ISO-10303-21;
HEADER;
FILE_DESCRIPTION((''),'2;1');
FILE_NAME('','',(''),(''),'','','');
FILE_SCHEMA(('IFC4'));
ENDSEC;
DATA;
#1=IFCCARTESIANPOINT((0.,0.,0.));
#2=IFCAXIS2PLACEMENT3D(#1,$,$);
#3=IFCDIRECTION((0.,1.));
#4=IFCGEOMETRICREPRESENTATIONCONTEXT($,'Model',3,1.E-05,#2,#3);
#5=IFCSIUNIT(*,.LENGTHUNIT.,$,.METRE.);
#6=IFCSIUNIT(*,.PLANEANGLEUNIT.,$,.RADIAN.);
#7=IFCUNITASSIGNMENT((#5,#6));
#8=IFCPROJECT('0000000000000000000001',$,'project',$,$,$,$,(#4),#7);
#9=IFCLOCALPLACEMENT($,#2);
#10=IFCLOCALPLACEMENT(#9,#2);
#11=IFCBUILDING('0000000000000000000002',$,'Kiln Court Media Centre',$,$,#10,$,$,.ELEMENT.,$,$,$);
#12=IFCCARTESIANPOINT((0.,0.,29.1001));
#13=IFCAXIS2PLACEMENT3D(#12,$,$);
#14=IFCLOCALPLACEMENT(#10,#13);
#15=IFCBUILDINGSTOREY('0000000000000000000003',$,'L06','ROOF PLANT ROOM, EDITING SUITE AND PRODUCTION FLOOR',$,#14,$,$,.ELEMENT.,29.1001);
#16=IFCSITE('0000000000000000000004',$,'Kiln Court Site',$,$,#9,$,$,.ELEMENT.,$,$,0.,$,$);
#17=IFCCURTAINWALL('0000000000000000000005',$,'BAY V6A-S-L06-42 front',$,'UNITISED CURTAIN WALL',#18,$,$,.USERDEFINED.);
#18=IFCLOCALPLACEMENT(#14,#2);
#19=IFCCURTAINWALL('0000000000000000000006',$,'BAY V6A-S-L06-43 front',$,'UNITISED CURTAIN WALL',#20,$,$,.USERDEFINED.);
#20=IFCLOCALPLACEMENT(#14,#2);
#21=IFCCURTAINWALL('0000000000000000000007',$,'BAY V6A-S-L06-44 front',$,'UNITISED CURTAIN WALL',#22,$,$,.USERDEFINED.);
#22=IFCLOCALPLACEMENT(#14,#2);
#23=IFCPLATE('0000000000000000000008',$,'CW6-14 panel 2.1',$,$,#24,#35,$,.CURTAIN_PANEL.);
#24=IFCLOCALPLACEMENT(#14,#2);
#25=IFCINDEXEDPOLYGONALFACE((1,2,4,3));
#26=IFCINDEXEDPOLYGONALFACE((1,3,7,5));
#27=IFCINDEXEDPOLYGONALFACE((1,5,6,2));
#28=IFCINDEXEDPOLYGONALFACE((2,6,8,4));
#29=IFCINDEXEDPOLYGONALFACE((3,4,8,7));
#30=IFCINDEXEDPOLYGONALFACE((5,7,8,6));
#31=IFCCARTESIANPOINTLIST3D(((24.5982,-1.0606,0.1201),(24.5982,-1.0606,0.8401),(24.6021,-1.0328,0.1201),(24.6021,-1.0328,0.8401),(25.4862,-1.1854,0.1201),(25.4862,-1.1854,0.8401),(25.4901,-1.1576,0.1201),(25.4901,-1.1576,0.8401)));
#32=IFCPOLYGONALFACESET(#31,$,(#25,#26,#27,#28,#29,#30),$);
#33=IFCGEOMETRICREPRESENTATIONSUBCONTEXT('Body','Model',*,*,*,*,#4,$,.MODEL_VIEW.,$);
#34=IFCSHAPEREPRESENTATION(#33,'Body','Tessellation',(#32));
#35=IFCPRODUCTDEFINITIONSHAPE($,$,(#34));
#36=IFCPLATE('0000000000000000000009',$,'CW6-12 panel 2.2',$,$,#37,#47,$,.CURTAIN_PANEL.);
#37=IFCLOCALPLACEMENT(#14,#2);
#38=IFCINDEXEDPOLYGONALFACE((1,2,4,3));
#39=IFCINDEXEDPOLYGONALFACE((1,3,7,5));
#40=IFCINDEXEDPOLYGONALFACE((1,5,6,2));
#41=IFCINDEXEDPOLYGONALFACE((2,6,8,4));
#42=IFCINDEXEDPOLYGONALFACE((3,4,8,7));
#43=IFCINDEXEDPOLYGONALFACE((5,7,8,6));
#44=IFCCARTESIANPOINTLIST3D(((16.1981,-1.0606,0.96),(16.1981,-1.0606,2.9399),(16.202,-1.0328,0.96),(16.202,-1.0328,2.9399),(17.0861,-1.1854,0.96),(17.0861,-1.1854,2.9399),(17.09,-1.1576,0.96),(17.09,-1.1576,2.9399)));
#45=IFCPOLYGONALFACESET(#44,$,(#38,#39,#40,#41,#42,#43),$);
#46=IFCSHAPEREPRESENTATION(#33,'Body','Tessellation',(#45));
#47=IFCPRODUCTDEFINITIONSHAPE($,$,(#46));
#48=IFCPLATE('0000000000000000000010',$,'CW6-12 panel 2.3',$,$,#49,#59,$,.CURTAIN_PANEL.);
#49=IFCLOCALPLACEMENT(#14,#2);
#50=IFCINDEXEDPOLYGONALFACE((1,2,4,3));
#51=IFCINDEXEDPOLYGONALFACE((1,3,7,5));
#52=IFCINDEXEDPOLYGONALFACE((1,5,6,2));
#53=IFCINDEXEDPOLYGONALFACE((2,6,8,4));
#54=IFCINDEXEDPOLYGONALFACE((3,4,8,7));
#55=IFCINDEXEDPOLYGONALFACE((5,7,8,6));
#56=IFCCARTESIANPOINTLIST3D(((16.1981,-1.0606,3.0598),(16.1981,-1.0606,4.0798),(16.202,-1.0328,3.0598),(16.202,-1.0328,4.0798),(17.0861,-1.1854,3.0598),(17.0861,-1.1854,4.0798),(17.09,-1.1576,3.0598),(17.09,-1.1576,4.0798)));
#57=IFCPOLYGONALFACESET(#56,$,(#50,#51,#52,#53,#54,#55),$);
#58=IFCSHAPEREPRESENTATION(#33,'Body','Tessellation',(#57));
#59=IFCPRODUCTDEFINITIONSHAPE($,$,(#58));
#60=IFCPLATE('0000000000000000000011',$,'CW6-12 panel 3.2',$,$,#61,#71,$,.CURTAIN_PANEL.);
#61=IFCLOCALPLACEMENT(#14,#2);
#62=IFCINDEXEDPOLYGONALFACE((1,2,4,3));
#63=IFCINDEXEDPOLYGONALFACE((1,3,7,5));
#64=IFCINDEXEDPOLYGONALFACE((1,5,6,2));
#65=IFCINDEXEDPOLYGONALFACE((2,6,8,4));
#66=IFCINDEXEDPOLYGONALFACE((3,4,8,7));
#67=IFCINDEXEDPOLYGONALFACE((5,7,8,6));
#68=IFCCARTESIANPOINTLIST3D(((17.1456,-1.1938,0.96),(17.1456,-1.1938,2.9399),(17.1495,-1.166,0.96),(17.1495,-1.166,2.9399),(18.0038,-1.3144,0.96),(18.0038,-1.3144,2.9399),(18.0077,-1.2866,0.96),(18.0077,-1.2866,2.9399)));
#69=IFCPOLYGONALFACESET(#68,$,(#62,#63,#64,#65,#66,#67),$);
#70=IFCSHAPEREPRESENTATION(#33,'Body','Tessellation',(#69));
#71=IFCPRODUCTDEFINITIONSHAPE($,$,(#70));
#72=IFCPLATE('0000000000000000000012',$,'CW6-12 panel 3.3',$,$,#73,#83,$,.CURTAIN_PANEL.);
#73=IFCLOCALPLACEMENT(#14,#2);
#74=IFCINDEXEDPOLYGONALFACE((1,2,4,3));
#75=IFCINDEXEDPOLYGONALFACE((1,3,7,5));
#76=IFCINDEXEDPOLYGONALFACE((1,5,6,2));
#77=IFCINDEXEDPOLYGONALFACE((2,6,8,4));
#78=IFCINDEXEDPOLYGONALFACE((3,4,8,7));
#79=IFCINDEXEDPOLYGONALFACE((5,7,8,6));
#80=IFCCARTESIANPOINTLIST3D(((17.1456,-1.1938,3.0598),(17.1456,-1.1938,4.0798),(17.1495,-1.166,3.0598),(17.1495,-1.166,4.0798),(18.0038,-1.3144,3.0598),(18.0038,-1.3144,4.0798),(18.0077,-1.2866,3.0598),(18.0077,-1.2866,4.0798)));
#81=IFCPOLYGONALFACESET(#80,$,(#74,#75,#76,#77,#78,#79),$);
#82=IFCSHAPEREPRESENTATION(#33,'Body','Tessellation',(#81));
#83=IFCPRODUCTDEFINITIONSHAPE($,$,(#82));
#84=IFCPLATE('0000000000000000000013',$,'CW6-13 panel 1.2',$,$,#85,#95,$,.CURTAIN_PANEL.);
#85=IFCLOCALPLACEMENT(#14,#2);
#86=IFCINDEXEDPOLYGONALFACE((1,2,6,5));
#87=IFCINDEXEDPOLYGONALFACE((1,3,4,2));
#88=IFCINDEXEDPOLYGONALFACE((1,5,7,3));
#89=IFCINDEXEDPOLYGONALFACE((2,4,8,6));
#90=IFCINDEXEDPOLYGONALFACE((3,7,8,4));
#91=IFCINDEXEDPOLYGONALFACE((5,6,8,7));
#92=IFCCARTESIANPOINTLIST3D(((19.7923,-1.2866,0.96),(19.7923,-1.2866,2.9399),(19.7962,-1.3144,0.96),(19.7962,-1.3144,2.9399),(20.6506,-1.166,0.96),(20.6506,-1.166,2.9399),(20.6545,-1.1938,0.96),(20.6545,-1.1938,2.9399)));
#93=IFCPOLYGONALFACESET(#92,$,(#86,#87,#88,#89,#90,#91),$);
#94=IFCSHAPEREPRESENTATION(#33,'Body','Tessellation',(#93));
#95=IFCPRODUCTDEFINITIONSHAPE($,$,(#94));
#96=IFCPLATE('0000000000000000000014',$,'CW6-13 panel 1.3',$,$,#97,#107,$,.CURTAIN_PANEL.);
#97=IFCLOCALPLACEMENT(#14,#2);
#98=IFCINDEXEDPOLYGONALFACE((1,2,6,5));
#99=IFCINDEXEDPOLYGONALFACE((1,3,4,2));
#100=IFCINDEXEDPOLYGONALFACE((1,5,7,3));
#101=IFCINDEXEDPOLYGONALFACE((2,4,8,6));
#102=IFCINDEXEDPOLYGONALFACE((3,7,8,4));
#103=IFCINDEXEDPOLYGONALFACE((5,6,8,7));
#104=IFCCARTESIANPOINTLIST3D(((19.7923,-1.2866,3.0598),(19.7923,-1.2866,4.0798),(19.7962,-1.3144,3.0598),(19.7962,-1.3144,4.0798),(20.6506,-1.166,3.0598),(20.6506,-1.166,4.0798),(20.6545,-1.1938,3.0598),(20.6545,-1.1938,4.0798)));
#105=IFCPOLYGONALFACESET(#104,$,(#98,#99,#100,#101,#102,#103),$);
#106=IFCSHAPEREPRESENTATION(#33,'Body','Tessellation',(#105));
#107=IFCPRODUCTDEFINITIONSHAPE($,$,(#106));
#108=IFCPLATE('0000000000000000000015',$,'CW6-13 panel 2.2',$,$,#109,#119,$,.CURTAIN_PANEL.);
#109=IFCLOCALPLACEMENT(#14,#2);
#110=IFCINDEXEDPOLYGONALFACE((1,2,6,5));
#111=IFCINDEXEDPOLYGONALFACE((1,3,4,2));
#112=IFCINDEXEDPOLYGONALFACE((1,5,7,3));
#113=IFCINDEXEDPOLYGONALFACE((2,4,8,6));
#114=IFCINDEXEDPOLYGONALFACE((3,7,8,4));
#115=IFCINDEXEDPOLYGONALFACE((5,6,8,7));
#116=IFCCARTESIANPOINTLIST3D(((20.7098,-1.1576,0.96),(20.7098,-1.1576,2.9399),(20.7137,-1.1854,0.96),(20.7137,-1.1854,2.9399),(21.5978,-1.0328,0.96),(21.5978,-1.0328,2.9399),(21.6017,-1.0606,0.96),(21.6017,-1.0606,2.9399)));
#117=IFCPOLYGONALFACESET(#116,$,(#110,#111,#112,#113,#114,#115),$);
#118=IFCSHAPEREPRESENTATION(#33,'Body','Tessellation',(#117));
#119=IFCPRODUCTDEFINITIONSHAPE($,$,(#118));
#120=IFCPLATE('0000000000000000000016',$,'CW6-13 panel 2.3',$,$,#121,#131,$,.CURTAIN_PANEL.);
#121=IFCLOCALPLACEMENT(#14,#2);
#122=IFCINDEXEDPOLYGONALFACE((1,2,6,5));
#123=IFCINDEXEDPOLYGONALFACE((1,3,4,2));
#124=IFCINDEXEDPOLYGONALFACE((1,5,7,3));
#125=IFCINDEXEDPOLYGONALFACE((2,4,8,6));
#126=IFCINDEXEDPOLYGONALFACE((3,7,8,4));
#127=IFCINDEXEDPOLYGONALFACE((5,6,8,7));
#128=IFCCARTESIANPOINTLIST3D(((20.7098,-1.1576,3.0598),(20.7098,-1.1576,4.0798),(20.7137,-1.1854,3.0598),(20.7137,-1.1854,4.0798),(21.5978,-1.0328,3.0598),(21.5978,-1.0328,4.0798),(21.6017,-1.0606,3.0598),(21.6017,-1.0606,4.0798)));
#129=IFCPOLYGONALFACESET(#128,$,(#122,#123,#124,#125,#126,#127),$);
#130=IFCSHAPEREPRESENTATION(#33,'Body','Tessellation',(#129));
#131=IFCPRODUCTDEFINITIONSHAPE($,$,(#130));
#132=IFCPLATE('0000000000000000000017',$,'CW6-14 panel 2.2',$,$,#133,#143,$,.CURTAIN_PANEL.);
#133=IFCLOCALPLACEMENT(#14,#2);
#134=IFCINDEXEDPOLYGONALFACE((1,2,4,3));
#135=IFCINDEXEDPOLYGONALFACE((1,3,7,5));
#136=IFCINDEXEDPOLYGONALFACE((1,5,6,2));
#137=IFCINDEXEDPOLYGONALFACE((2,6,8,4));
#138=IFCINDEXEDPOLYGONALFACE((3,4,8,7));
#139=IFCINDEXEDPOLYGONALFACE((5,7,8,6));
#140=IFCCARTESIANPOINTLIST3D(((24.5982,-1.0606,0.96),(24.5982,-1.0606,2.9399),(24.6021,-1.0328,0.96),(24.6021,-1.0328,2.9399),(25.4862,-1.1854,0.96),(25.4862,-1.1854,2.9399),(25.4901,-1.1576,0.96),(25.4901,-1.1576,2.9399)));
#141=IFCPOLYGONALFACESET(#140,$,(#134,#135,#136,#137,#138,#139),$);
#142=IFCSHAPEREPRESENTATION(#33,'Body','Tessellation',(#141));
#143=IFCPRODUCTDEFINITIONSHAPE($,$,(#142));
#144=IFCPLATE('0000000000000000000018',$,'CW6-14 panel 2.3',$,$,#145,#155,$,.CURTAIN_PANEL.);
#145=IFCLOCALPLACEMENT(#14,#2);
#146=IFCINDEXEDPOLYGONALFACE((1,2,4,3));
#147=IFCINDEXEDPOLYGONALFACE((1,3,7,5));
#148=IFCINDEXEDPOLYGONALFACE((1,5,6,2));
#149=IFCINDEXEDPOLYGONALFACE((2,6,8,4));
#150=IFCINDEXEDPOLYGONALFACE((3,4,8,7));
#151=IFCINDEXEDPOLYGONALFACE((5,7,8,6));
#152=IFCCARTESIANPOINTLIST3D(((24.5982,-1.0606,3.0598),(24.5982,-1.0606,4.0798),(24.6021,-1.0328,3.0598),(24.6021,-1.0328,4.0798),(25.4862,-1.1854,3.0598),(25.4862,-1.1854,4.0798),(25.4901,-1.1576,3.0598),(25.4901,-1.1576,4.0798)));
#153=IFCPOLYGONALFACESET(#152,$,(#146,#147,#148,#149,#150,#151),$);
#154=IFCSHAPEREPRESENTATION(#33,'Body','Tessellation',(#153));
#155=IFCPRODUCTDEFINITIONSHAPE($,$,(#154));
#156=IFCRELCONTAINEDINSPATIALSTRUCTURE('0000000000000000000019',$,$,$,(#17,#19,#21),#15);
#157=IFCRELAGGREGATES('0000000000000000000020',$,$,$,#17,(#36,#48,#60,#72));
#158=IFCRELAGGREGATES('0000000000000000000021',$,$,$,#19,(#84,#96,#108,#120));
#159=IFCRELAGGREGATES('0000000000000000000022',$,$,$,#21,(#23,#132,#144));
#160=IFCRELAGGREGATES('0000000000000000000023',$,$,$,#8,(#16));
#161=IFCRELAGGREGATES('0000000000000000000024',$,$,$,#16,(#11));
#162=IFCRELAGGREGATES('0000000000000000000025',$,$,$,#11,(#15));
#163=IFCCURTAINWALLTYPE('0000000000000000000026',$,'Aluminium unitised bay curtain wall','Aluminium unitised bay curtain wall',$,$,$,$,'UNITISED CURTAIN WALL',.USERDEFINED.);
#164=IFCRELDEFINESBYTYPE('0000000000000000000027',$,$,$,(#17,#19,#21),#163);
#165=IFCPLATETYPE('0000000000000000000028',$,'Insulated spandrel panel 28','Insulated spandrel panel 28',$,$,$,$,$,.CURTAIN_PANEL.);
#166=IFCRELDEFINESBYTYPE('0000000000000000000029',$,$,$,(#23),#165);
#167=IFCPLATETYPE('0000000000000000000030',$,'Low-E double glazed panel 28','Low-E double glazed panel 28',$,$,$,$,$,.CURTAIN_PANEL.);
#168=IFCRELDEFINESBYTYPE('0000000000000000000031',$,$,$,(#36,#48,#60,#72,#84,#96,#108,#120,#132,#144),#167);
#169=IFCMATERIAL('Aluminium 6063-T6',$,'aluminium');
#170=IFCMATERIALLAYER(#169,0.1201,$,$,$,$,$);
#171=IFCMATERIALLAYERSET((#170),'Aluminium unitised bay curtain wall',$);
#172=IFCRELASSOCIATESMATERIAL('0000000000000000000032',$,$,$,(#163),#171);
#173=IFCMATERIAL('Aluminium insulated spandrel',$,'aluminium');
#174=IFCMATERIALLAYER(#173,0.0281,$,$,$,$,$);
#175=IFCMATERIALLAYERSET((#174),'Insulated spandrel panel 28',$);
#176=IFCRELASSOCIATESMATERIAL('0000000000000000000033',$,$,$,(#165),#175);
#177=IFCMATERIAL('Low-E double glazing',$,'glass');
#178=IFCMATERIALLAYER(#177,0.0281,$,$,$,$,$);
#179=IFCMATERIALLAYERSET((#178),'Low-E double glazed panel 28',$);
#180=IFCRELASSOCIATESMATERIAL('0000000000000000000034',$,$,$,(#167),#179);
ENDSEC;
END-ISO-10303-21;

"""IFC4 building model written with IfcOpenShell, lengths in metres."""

from ifc_helpers import new_model, si_unit, direction, frame, origin, origin_2d, place, context, subcontext, project, spatial, rectangle, extrude, material, layer, layer_set, type_object, element, aggregate, save


model = new_model("IFC4")

# Units and contexts
model_context = context("Model", 3, precision=1e-05, world=origin(), true_north=direction((0.0, 1.0)))
body_context = subcontext(model_context, "Body", "Model", "MODEL_VIEW")
ifc_project = project(units=[si_unit("LENGTHUNIT", "METRE"), si_unit("PLANEANGLEUNIT", "RADIAN")], contexts=[model_context])

# Site, building, storey
site_placement = place(None, origin())
site = spatial("IfcSite", under=ifc_project, at=site_placement, Name="Kiln Court Site", CompositionType="ELEMENT", RefElevation=0.0)
building_placement = place(site_placement, origin())
building = spatial("IfcBuilding", under=site, at=building_placement, Name="Kiln Court Media Centre", CompositionType="ELEMENT")
storey_placement = place(building_placement, frame((0.0, 0.0, 29.1001)))
storey = spatial("IfcBuildingStorey", under=building, at=storey_placement, Name="L06", Description="ROOF PLANT ROOM, EDITING SUITE AND PRODUCTION FLOOR", CompositionType="ELEMENT", Elevation=29.1001)

# Curtain walls
ifc_material_1 = material(Name="Aluminium 6063-T6", Category="aluminium")
ifc_layer_1 = layer(ifc_material_1, 0.1201)
ifc_layer_set_1 = layer_set([ifc_layer_1], Name="Aluminium unitised bay curtain wall")
curtain_wall_type = type_object("IfcCurtainWallType", Name="Aluminium unitised bay curtain wall", Description="Aluminium unitised bay curtain wall", ElementType="UNITISED CURTAIN WALL", PredefinedType="USERDEFINED", material=ifc_layer_set_1)
curtain_wall_1_placement = place(storey_placement, origin())
curtain_wall_1 = element("IfcCurtainWall", 1, at=curtain_wall_1_placement, inside=storey, type_object=curtain_wall_type, Name="BAY V6A-S-L06-42 front", ObjectType="UNITISED CURTAIN WALL", PredefinedType="USERDEFINED")
curtain_wall_2_placement = place(storey_placement, origin())
curtain_wall_2 = element("IfcCurtainWall", 2, at=curtain_wall_2_placement, inside=storey, type_object=curtain_wall_type, Name="BAY V6A-S-L06-43 front", ObjectType="UNITISED CURTAIN WALL", PredefinedType="USERDEFINED")

# Curtain wall
curtain_wall_3_placement = place(storey_placement, origin())
curtain_wall_3 = element("IfcCurtainWall", 3, at=curtain_wall_3_placement, inside=storey, type_object=curtain_wall_type, Name="BAY V6A-S-L06-44 front", ObjectType="UNITISED CURTAIN WALL", PredefinedType="USERDEFINED")

# Plates
ifc_material_2 = material(Name="Aluminium insulated spandrel", Category="aluminium")
ifc_layer_2 = layer(ifc_material_2, 0.0281)
ifc_layer_set_2 = layer_set([ifc_layer_2], Name="Insulated spandrel panel 28")
plate_type_1 = type_object("IfcPlateType", Name="Insulated spandrel panel 28", Description="Insulated spandrel panel 28", PredefinedType="CURTAIN_PANEL", material=ifc_layer_set_2)
plate_1_placement = place(storey_placement, frame((25.0442, -1.1091, 0.1201), z_axis=(0.0, 0.0, 1.0), x_axis=(0.99027, -0.139162, 0.0)))
plate_1 = element("IfcPlate", 4, at=plate_1_placement, type_object=plate_type_1, Name="CW6-14 panel 2.1", PredefinedType="CURTAIN_PANEL", context=body_context, shape_type="SweptSolid", body=[
    extrude(rectangle(XDim=0.8967, YDim=0.0281, at=origin_2d()), origin(), (0.0, 0.0, 1.0), 0.72),
])
ifc_material_3 = material(Name="Low-E double glazing", Category="glass")
ifc_layer_3 = layer(ifc_material_3, 0.0281)
ifc_layer_set_3 = layer_set([ifc_layer_3], Name="Low-E double glazed panel 28")
plate_type_2 = type_object("IfcPlateType", Name="Low-E double glazed panel 28", Description="Low-E double glazed panel 28", PredefinedType="CURTAIN_PANEL", material=ifc_layer_set_3)
plate_2_placement = place(storey_placement, frame((16.644, -1.1091, 0.96), z_axis=(0.0, 0.0, 1.0), x_axis=(0.99027, -0.139162, 0.0)))
plate_2 = element("IfcPlate", 5, at=plate_2_placement, type_object=plate_type_2, Name="CW6-12 panel 2.2", PredefinedType="CURTAIN_PANEL", context=body_context, shape_type="SweptSolid", body=[
    extrude(rectangle(XDim=0.8967, YDim=0.0281, at=origin_2d()), origin(), (0.0, 0.0, 1.0), 1.98),
])
plate_3_placement = place(storey_placement, frame((16.644, -1.1091, 3.0598), z_axis=(0.0, 0.0, 1.0), x_axis=(0.99027, -0.139162, 0.0)))
plate_3 = element("IfcPlate", 6, at=plate_3_placement, type_object=plate_type_2, Name="CW6-12 panel 2.3", PredefinedType="CURTAIN_PANEL", context=body_context, shape_type="SweptSolid", body=[
    extrude(rectangle(XDim=0.8967, YDim=0.0281, at=origin_2d()), origin(), (0.0, 0.0, 1.0), 1.02),
])
plate_4_placement = place(storey_placement, frame((17.5767, -1.2402, 0.96), z_axis=(0.0, 0.0, 1.0), x_axis=(0.99027, -0.139162, 0.0)))
plate_4 = element("IfcPlate", 7, at=plate_4_placement, type_object=plate_type_2, Name="CW6-12 panel 3.2", PredefinedType="CURTAIN_PANEL", context=body_context, shape_type="SweptSolid", body=[
    extrude(rectangle(XDim=0.8667, YDim=0.0281, at=origin_2d()), origin(), (0.0, 0.0, 1.0), 1.98),
])
plate_5_placement = place(storey_placement, frame((17.5767, -1.2402, 3.0598), z_axis=(0.0, 0.0, 1.0), x_axis=(0.99027, -0.139162, 0.0)))
plate_5 = element("IfcPlate", 8, at=plate_5_placement, type_object=plate_type_2, Name="CW6-12 panel 3.3", PredefinedType="CURTAIN_PANEL", context=body_context, shape_type="SweptSolid", body=[
    extrude(rectangle(XDim=0.8667, YDim=0.0281, at=origin_2d()), origin(), (0.0, 0.0, 1.0), 1.02),
])
aggregate(curtain_wall_1, [plate_2, plate_3, plate_4, plate_5])
plate_6_placement = place(storey_placement, frame((20.2234, -1.2402, 0.96), z_axis=(0.0, 0.0, 1.0), x_axis=(0.99027, 0.139162, 0.0)))
plate_6 = element("IfcPlate", 9, at=plate_6_placement, type_object=plate_type_2, Name="CW6-13 panel 1.2", PredefinedType="CURTAIN_PANEL", context=body_context, shape_type="SweptSolid", body=[
    extrude(rectangle(XDim=0.8667, YDim=0.0281, at=origin_2d()), origin(), (0.0, 0.0, 1.0), 1.98),
])
plate_7_placement = place(storey_placement, frame((20.2234, -1.2402, 3.0598), z_axis=(0.0, 0.0, 1.0), x_axis=(0.99027, 0.139162, 0.0)))
plate_7 = element("IfcPlate", 10, at=plate_7_placement, type_object=plate_type_2, Name="CW6-13 panel 1.3", PredefinedType="CURTAIN_PANEL", context=body_context, shape_type="SweptSolid", body=[
    extrude(rectangle(XDim=0.8667, YDim=0.0281, at=origin_2d()), origin(), (0.0, 0.0, 1.0), 1.02),
])
plate_8_placement = place(storey_placement, frame((21.1558, -1.1091, 0.96), z_axis=(0.0, 0.0, 1.0), x_axis=(0.99027, 0.139162, 0.0)))
plate_8 = element("IfcPlate", 11, at=plate_8_placement, type_object=plate_type_2, Name="CW6-13 panel 2.2", PredefinedType="CURTAIN_PANEL", context=body_context, shape_type="SweptSolid", body=[
    extrude(rectangle(XDim=0.8967, YDim=0.0281, at=origin_2d()), origin(), (0.0, 0.0, 1.0), 1.98),
])
plate_9_placement = place(storey_placement, frame((21.1558, -1.1091, 3.0598), z_axis=(0.0, 0.0, 1.0), x_axis=(0.99027, 0.139162, 0.0)))
plate_9 = element("IfcPlate", 12, at=plate_9_placement, type_object=plate_type_2, Name="CW6-13 panel 2.3", PredefinedType="CURTAIN_PANEL", context=body_context, shape_type="SweptSolid", body=[
    extrude(rectangle(XDim=0.8967, YDim=0.0281, at=origin_2d()), origin(), (0.0, 0.0, 1.0), 1.02),
])
aggregate(curtain_wall_2, [plate_6, plate_7, plate_8, plate_9])
plate_10_placement = place(storey_placement, frame((25.0442, -1.1091, 0.96), z_axis=(0.0, 0.0, 1.0), x_axis=(0.99027, -0.139162, 0.0)))
plate_10 = element("IfcPlate", 13, at=plate_10_placement, type_object=plate_type_2, Name="CW6-14 panel 2.2", PredefinedType="CURTAIN_PANEL", context=body_context, shape_type="SweptSolid", body=[
    extrude(rectangle(XDim=0.8967, YDim=0.0281, at=origin_2d()), origin(), (0.0, 0.0, 1.0), 1.98),
])
plate_11_placement = place(storey_placement, frame((25.0442, -1.1091, 3.0598), z_axis=(0.0, 0.0, 1.0), x_axis=(0.99027, -0.139162, 0.0)))
plate_11 = element("IfcPlate", 14, at=plate_11_placement, type_object=plate_type_2, Name="CW6-14 panel 2.3", PredefinedType="CURTAIN_PANEL", context=body_context, shape_type="SweptSolid", body=[
    extrude(rectangle(XDim=0.8967, YDim=0.0281, at=origin_2d()), origin(), (0.0, 0.0, 1.0), 1.02),
])
aggregate(curtain_wall_3, [plate_1, plate_10, plate_11])

save(model, "model.ifc")
